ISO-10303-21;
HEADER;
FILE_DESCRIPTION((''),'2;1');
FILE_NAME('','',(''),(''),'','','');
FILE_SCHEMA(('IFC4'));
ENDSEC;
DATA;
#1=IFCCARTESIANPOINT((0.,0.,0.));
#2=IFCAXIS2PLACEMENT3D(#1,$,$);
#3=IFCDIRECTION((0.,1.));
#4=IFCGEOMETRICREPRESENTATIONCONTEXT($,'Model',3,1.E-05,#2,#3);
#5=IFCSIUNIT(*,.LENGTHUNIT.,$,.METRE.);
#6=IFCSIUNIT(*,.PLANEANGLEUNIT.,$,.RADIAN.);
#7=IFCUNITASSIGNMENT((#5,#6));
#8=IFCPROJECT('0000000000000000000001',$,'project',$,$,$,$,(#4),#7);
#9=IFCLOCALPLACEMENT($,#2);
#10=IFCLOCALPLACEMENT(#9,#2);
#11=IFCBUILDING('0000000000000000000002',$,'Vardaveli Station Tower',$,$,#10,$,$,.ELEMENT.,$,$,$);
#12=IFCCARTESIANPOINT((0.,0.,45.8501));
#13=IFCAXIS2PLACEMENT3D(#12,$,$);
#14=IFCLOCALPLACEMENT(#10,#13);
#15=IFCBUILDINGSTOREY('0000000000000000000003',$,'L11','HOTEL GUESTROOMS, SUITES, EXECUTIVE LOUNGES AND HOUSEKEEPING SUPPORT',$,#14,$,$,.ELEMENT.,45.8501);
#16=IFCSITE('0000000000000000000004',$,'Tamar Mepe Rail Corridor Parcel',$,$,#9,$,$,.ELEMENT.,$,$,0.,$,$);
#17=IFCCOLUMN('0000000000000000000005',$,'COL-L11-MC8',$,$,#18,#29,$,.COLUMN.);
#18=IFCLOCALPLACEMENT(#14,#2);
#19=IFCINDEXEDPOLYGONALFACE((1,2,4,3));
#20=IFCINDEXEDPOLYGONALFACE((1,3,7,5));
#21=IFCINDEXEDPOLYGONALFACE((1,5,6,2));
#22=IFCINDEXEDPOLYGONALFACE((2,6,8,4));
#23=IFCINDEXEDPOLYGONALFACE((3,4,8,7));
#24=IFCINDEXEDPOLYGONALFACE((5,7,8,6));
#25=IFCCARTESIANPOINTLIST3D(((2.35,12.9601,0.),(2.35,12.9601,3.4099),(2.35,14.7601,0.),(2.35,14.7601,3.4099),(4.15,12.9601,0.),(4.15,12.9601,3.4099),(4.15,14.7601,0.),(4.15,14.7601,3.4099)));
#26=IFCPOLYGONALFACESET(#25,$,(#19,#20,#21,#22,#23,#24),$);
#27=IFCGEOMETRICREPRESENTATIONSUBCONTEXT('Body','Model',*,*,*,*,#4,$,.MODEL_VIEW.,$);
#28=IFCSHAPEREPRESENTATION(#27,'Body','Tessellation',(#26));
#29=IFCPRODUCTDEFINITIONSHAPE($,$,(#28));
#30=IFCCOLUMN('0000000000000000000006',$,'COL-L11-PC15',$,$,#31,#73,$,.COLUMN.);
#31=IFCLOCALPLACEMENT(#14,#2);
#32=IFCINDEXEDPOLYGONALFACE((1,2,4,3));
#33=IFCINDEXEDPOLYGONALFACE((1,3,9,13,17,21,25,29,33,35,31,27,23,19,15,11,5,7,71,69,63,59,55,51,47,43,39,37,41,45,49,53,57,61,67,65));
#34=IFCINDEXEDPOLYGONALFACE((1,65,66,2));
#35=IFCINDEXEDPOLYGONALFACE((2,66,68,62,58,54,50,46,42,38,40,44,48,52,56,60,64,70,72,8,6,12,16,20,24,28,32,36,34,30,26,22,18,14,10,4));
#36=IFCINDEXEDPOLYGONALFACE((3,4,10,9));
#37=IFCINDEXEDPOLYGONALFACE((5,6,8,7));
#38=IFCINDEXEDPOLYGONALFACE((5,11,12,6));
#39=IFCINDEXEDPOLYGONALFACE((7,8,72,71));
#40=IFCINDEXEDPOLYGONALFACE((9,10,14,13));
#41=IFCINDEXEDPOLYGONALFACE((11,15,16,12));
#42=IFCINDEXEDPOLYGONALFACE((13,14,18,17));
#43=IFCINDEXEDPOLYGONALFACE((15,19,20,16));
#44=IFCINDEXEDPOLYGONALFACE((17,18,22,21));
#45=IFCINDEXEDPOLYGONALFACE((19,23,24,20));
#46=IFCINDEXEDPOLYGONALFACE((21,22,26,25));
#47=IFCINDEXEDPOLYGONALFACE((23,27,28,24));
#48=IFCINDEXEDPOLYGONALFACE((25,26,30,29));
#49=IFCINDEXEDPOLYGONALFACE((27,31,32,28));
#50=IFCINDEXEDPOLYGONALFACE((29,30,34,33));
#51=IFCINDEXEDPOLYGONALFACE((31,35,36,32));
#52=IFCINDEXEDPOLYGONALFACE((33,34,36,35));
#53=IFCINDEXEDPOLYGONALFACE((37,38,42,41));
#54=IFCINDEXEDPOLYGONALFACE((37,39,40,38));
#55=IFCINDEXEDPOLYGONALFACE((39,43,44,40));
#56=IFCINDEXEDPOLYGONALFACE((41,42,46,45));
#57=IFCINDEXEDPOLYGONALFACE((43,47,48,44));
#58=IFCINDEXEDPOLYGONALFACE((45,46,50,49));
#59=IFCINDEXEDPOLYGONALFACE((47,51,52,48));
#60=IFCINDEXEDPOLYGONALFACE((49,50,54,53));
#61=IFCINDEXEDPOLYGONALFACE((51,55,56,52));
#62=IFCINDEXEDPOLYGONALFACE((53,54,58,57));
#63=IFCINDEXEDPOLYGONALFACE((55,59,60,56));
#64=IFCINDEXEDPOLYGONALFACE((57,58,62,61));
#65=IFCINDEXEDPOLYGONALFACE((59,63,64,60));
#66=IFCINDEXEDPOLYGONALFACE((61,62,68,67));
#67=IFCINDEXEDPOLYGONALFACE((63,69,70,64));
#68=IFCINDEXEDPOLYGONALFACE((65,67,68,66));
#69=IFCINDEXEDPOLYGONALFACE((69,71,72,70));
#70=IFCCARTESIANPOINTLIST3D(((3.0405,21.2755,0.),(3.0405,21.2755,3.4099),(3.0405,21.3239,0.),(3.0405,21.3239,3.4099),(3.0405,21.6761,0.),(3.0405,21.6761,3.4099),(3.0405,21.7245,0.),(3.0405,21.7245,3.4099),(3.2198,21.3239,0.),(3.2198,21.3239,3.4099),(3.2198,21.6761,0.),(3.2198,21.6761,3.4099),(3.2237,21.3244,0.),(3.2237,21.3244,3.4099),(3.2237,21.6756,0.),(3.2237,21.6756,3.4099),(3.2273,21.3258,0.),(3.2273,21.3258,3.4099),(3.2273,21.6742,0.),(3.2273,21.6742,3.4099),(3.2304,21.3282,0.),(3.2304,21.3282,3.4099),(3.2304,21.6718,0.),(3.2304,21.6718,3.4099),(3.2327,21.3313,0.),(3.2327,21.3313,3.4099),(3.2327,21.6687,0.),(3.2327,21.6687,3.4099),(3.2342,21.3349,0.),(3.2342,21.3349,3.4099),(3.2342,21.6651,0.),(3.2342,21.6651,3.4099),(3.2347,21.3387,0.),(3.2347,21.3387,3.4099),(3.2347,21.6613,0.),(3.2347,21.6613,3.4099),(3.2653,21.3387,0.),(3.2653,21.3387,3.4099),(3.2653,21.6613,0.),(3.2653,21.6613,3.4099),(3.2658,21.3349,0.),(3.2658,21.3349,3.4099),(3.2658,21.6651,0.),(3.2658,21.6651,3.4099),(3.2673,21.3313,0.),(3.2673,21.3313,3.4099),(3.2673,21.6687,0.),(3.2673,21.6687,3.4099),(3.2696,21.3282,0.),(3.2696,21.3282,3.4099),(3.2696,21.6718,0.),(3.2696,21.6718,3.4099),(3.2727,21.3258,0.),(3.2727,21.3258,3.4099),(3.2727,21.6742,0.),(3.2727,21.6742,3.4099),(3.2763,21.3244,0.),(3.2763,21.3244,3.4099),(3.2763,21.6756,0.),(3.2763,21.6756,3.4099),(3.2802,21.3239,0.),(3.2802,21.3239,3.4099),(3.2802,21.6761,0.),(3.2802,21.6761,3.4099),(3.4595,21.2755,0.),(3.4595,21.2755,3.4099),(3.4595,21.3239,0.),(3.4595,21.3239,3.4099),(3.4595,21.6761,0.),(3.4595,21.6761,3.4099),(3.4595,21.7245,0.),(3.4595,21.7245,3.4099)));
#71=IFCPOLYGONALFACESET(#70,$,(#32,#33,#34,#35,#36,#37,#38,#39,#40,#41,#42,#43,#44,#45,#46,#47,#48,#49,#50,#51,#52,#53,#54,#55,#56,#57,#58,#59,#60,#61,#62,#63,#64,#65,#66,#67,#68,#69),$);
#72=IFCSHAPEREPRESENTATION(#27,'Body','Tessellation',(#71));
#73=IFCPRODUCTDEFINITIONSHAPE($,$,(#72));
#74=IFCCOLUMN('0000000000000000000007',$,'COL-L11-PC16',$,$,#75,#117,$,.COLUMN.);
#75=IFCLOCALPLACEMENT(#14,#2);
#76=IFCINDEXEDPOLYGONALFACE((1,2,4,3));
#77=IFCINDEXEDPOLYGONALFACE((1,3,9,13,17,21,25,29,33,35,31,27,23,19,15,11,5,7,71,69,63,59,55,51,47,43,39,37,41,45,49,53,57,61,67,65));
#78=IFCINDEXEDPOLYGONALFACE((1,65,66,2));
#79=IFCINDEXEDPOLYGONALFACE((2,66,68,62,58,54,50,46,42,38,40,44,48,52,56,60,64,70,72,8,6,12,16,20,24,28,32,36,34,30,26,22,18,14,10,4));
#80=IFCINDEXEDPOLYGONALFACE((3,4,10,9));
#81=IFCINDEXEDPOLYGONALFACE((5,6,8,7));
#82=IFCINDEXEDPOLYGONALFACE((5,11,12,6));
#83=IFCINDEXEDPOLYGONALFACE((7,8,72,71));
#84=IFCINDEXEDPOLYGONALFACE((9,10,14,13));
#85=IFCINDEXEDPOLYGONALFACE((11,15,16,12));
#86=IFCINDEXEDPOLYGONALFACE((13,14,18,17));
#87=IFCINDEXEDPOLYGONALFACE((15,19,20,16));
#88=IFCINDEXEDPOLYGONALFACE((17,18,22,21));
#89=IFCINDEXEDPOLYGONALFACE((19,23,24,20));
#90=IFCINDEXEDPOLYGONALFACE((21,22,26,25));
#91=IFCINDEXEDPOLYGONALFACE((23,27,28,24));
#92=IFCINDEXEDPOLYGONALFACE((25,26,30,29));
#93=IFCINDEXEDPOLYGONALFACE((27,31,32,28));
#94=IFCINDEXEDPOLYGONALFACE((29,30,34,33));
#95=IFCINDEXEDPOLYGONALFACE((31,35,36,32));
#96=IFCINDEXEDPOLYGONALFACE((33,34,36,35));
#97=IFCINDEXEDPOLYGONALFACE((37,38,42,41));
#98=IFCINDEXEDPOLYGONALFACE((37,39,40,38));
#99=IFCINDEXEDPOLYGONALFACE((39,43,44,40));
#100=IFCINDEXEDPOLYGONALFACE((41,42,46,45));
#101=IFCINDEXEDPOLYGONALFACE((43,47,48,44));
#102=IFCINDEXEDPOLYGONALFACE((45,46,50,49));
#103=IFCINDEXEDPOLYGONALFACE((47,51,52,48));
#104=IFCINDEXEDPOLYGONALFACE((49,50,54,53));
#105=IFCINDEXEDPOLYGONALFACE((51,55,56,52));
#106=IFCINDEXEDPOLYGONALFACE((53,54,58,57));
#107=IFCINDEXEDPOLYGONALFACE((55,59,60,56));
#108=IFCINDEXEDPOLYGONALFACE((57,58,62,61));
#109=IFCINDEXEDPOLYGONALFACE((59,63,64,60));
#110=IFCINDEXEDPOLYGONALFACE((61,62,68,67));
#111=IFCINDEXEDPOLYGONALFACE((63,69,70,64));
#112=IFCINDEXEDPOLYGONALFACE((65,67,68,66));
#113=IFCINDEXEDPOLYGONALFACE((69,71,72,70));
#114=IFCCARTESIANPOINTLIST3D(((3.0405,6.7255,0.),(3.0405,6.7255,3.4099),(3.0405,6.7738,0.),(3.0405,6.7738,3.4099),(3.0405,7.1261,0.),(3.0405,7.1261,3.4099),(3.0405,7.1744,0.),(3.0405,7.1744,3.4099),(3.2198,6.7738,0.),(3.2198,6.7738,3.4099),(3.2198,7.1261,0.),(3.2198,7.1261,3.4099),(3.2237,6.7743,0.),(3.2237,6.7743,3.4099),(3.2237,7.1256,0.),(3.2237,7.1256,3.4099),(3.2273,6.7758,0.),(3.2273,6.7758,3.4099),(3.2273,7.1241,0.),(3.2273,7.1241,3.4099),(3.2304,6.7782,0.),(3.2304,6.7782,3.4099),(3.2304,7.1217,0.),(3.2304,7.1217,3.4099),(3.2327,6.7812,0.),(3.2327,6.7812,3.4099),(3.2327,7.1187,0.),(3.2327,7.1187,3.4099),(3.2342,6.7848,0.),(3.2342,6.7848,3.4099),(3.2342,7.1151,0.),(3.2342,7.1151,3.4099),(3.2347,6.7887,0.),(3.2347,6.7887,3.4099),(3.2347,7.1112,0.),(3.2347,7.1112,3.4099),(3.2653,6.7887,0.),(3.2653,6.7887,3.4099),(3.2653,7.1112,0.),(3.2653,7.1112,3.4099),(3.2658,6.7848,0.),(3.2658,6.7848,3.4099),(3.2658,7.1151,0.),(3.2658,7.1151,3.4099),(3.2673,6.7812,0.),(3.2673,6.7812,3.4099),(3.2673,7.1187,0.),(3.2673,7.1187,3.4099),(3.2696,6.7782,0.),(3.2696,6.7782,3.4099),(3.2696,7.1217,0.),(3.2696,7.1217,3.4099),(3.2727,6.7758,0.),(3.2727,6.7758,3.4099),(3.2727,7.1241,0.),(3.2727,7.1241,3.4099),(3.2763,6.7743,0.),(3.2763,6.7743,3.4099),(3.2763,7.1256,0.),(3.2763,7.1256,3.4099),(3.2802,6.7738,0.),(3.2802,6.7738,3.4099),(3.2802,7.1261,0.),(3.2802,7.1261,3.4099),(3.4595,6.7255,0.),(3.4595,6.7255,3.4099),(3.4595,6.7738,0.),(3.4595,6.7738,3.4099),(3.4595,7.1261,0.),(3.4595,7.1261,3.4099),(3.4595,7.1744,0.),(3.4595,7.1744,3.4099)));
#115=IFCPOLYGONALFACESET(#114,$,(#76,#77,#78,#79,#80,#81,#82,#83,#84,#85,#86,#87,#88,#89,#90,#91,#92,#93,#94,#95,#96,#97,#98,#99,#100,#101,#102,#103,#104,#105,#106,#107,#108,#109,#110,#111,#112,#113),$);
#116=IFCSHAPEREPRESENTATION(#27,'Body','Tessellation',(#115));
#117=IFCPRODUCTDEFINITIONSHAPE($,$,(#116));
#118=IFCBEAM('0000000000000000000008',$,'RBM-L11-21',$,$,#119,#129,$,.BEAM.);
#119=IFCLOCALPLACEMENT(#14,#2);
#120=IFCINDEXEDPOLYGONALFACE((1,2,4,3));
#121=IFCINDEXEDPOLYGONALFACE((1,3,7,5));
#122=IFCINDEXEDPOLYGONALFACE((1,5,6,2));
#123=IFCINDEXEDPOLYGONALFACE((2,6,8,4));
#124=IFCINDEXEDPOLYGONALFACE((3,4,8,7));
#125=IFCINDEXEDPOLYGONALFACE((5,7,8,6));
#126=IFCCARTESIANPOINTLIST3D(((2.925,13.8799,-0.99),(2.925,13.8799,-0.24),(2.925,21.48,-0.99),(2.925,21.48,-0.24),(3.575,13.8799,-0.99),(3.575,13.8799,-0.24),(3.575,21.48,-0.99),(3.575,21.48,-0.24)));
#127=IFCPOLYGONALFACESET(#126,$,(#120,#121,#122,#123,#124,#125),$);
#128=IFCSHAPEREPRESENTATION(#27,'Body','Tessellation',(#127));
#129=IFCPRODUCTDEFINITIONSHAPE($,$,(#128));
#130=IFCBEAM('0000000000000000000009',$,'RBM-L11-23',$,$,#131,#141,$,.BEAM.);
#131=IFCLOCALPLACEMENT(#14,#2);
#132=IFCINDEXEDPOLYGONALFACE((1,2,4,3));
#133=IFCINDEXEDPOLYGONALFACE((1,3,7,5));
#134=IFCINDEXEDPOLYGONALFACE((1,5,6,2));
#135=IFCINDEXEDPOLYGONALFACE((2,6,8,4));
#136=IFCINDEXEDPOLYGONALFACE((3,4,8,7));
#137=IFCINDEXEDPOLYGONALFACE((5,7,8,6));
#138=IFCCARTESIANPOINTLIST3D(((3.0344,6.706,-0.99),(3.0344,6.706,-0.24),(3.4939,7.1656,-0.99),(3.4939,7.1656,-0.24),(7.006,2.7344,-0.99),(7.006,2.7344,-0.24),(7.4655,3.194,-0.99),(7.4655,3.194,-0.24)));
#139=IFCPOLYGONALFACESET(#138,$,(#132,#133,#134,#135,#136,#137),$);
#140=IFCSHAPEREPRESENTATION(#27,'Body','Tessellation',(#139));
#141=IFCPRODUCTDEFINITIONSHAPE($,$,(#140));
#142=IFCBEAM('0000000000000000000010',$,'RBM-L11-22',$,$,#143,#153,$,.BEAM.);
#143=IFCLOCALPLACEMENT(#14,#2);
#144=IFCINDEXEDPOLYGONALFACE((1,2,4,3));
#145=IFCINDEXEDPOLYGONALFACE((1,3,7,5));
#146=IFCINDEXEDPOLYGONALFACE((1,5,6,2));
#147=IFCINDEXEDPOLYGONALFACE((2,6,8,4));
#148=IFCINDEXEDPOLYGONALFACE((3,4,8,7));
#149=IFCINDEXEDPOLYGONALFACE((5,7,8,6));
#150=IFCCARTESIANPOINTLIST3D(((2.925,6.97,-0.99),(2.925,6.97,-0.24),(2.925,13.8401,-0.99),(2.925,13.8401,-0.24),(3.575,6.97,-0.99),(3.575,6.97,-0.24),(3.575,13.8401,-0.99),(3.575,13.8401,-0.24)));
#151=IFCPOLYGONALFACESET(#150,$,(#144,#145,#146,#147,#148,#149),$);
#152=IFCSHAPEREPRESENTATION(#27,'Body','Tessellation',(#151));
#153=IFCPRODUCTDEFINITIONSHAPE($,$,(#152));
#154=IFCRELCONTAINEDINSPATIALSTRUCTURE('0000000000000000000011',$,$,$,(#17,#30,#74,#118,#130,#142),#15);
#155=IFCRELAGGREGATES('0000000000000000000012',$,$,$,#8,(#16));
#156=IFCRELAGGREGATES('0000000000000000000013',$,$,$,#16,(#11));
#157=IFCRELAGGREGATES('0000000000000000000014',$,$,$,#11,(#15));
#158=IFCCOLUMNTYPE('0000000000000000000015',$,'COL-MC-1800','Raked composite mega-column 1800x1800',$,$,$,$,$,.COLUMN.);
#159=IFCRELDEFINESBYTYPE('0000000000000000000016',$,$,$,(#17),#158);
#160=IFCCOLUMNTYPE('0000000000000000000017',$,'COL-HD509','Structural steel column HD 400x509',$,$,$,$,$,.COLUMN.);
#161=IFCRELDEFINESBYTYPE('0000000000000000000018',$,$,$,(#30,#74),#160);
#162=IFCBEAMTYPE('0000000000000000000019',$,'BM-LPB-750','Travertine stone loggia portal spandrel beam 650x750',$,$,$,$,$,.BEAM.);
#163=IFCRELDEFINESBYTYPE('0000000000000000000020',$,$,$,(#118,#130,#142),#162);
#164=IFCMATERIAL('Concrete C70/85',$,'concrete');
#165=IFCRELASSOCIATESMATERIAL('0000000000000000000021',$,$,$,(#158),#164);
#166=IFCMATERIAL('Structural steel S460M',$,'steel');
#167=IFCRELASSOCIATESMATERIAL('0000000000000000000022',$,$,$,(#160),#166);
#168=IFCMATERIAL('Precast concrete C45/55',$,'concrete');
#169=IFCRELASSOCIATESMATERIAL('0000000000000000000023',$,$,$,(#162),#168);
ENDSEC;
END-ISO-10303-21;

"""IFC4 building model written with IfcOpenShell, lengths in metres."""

from ifc_helpers import new_model, si_unit, direction, frame, origin, origin_2d, place, context, subcontext, project, spatial, rectangle, i_section, extrude, source, transform, mapped, material, material_profile, profile_set, type_object, element, save


model = new_model("IFC4")

# Units and contexts
model_context = context("Model", 3, precision=1e-05, world=origin(), true_north=direction((0.0, 1.0)))
body_context = subcontext(model_context, "Body", "Model", "MODEL_VIEW")
ifc_project = project(units=[si_unit("LENGTHUNIT", "METRE"), si_unit("PLANEANGLEUNIT", "RADIAN")], contexts=[model_context])

# Site, building, storey
site_placement = place(None, origin())
site = spatial("IfcSite", under=ifc_project, at=site_placement, Name="Tamar Mepe Rail Corridor Parcel", CompositionType="ELEMENT", RefElevation=0.0)
building_placement = place(site_placement, origin())
building = spatial("IfcBuilding", under=site, at=building_placement, Name="Vardaveli Station Tower", CompositionType="ELEMENT")
storey_placement = place(building_placement, frame((0.0, 0.0, 45.8501)))
storey = spatial("IfcBuildingStorey", under=building, at=storey_placement, Name="L11", Description="HOTEL GUESTROOMS, SUITES, EXECUTIVE LOUNGES AND HOUSEKEEPING SUPPORT", CompositionType="ELEMENT", Elevation=45.8501)

# Columns
ifc_material_1 = material(Name="Concrete C70/85", Category="concrete")
ifc_material_profile_1 = material_profile(ifc_material_1, rectangle(XDim=1.8, YDim=1.8, at=origin_2d()), Name="MC 1800x1800")
ifc_profile_set_1 = profile_set([ifc_material_profile_1], Name="Concrete C70/85")
column_type_1 = type_object("IfcColumnType", Name="COL-MC-1800", Description="Raked composite mega-column 1800x1800", PredefinedType="COLUMN", material=ifc_profile_set_1)
shared_shape_1 = source(origin(), body_context, "Body", "SweptSolid", [
    extrude(rectangle(XDim=1.8, YDim=1.8, at=origin_2d()), origin(), (0.0, 0.0, 1.0), 3.4099),
])
column_placement = place(storey_placement, frame((3.25, 13.8601, 0.0), z_axis=(0.0, 0.0, 1.0), x_axis=(1.0, 0.0, 0.0)))
element("IfcColumn", 1, at=column_placement, inside=storey, type_object=column_type_1, Name="COL-L11-MC8", PredefinedType="COLUMN", context=body_context, shape_type="MappedRepresentation", body=[
    mapped(shared_shape_1, transform((0.0, 0.0, 0.0), scale=1.0)),
])
ifc_material_2 = material(Name="Structural steel S460M", Category="steel")
ifc_material_profile_2 = material_profile(ifc_material_2, i_section(OverallWidth=0.4189, OverallDepth=0.449, WebThickness=0.0305, FlangeThickness=0.0483, FilletRadius=0.0149, at=origin_2d()), Name="HD 400x509")
ifc_profile_set_2 = profile_set([ifc_material_profile_2], Name="Structural steel S460M")
column_type_2 = type_object("IfcColumnType", Name="COL-HD509", Description="Structural steel column HD 400x509", PredefinedType="COLUMN", material=ifc_profile_set_2)
shared_shape_2 = source(origin(), body_context, "Body", "SweptSolid", [
    extrude(i_section(OverallWidth=0.4189, OverallDepth=0.449, WebThickness=0.0305, FlangeThickness=0.0483, FilletRadius=0.0149, at=origin_2d()), origin(), (0.0, 0.0, 1.0), 3.4099),
])
for number, where, z_axis, x_axis, name in (
    (2, (3.25, 21.5, 0.0), (0.0, 0.0, 1.0), (1.0, 0.0, 0.0), "COL-L11-PC15"),
    (3, (3.25, 6.95, 0.0), (0.0, 0.0, 1.0), (1.0, 0.0, 0.0), "COL-L11-PC16"),
):
    element("IfcColumn", number, at=place(storey_placement, frame(where, z_axis=z_axis, x_axis=x_axis)), inside=storey, type_object=column_type_2, Name=name, PredefinedType="COLUMN", context=body_context, shape_type="MappedRepresentation", body=[
        mapped(shared_shape_2, transform((0.0, 0.0, 0.0), scale=1.0)),
    ])

# Beams
ifc_material_3 = material(Name="Precast concrete C45/55", Category="concrete")
ifc_material_profile_3 = material_profile(ifc_material_3, rectangle(XDim=0.6499, YDim=0.75, at=origin_2d()), Name="LPB 650x750")
ifc_profile_set_3 = profile_set([ifc_material_profile_3], Name="Precast concrete C45/55")
beam_type_1 = type_object("IfcBeamType", Name="BM-LPB-750", Description="Travertine stone loggia portal spandrel beam 650x750", PredefinedType="BEAM", material=ifc_profile_set_3)
shared_shape_3 = source(origin(), body_context, "Body", "SweptSolid", [
    extrude(rectangle(XDim=0.6499, YDim=0.75, at=origin_2d()), origin(), (0.0, 0.0, 1.0), 7.6001),
])
beam_1_placement = place(storey_placement, frame((3.25, 21.48, -0.615), z_axis=(0.0, -1.0, 0.0), x_axis=(1.0, 0.0, 0.0)))
element("IfcBeam", 4, at=beam_1_placement, inside=storey, type_object=beam_type_1, Name="RBM-L11-21", PredefinedType="BEAM", context=body_context, shape_type="MappedRepresentation", body=[
    mapped(shared_shape_3, transform((0.0, 0.0, 0.0), scale=1.0)),
])
shared_shape_4 = source(origin(), body_context, "Body", "SweptSolid", [
    extrude(rectangle(XDim=0.6499, YDim=0.75, at=origin_2d()), origin(), (0.0, 0.0, 1.0), 5.6167),
])
beam_2_placement = place(storey_placement, frame((3.2642, 6.9358, -0.615), z_axis=(0.707107, -0.707107, 0.0), x_axis=(0.707107, 0.707107, 0.0)))
element("IfcBeam", 5, at=beam_2_placement, inside=storey, type_object=beam_type_1, Name="RBM-L11-23", PredefinedType="BEAM", context=body_context, shape_type="MappedRepresentation", body=[
    mapped(shared_shape_4, transform((0.0, 0.0, 0.0), scale=1.0)),
])
shared_shape_5 = source(origin(), body_context, "Body", "SweptSolid", [
    extrude(rectangle(XDim=0.6499, YDim=0.75, at=origin_2d()), origin(), (0.0, 0.0, 1.0), 6.8701),
])
beam_3_placement = place(storey_placement, frame((3.25, 13.8401, -0.615), z_axis=(0.0, -1.0, 0.0), x_axis=(1.0, 0.0, 0.0)))
element("IfcBeam", 6, at=beam_3_placement, inside=storey, type_object=beam_type_1, Name="RBM-L11-22", PredefinedType="BEAM", context=body_context, shape_type="MappedRepresentation", body=[
    mapped(shared_shape_5, transform((0.0, 0.0, 0.0), scale=1.0)),
])

save(model, "model.ifc")
